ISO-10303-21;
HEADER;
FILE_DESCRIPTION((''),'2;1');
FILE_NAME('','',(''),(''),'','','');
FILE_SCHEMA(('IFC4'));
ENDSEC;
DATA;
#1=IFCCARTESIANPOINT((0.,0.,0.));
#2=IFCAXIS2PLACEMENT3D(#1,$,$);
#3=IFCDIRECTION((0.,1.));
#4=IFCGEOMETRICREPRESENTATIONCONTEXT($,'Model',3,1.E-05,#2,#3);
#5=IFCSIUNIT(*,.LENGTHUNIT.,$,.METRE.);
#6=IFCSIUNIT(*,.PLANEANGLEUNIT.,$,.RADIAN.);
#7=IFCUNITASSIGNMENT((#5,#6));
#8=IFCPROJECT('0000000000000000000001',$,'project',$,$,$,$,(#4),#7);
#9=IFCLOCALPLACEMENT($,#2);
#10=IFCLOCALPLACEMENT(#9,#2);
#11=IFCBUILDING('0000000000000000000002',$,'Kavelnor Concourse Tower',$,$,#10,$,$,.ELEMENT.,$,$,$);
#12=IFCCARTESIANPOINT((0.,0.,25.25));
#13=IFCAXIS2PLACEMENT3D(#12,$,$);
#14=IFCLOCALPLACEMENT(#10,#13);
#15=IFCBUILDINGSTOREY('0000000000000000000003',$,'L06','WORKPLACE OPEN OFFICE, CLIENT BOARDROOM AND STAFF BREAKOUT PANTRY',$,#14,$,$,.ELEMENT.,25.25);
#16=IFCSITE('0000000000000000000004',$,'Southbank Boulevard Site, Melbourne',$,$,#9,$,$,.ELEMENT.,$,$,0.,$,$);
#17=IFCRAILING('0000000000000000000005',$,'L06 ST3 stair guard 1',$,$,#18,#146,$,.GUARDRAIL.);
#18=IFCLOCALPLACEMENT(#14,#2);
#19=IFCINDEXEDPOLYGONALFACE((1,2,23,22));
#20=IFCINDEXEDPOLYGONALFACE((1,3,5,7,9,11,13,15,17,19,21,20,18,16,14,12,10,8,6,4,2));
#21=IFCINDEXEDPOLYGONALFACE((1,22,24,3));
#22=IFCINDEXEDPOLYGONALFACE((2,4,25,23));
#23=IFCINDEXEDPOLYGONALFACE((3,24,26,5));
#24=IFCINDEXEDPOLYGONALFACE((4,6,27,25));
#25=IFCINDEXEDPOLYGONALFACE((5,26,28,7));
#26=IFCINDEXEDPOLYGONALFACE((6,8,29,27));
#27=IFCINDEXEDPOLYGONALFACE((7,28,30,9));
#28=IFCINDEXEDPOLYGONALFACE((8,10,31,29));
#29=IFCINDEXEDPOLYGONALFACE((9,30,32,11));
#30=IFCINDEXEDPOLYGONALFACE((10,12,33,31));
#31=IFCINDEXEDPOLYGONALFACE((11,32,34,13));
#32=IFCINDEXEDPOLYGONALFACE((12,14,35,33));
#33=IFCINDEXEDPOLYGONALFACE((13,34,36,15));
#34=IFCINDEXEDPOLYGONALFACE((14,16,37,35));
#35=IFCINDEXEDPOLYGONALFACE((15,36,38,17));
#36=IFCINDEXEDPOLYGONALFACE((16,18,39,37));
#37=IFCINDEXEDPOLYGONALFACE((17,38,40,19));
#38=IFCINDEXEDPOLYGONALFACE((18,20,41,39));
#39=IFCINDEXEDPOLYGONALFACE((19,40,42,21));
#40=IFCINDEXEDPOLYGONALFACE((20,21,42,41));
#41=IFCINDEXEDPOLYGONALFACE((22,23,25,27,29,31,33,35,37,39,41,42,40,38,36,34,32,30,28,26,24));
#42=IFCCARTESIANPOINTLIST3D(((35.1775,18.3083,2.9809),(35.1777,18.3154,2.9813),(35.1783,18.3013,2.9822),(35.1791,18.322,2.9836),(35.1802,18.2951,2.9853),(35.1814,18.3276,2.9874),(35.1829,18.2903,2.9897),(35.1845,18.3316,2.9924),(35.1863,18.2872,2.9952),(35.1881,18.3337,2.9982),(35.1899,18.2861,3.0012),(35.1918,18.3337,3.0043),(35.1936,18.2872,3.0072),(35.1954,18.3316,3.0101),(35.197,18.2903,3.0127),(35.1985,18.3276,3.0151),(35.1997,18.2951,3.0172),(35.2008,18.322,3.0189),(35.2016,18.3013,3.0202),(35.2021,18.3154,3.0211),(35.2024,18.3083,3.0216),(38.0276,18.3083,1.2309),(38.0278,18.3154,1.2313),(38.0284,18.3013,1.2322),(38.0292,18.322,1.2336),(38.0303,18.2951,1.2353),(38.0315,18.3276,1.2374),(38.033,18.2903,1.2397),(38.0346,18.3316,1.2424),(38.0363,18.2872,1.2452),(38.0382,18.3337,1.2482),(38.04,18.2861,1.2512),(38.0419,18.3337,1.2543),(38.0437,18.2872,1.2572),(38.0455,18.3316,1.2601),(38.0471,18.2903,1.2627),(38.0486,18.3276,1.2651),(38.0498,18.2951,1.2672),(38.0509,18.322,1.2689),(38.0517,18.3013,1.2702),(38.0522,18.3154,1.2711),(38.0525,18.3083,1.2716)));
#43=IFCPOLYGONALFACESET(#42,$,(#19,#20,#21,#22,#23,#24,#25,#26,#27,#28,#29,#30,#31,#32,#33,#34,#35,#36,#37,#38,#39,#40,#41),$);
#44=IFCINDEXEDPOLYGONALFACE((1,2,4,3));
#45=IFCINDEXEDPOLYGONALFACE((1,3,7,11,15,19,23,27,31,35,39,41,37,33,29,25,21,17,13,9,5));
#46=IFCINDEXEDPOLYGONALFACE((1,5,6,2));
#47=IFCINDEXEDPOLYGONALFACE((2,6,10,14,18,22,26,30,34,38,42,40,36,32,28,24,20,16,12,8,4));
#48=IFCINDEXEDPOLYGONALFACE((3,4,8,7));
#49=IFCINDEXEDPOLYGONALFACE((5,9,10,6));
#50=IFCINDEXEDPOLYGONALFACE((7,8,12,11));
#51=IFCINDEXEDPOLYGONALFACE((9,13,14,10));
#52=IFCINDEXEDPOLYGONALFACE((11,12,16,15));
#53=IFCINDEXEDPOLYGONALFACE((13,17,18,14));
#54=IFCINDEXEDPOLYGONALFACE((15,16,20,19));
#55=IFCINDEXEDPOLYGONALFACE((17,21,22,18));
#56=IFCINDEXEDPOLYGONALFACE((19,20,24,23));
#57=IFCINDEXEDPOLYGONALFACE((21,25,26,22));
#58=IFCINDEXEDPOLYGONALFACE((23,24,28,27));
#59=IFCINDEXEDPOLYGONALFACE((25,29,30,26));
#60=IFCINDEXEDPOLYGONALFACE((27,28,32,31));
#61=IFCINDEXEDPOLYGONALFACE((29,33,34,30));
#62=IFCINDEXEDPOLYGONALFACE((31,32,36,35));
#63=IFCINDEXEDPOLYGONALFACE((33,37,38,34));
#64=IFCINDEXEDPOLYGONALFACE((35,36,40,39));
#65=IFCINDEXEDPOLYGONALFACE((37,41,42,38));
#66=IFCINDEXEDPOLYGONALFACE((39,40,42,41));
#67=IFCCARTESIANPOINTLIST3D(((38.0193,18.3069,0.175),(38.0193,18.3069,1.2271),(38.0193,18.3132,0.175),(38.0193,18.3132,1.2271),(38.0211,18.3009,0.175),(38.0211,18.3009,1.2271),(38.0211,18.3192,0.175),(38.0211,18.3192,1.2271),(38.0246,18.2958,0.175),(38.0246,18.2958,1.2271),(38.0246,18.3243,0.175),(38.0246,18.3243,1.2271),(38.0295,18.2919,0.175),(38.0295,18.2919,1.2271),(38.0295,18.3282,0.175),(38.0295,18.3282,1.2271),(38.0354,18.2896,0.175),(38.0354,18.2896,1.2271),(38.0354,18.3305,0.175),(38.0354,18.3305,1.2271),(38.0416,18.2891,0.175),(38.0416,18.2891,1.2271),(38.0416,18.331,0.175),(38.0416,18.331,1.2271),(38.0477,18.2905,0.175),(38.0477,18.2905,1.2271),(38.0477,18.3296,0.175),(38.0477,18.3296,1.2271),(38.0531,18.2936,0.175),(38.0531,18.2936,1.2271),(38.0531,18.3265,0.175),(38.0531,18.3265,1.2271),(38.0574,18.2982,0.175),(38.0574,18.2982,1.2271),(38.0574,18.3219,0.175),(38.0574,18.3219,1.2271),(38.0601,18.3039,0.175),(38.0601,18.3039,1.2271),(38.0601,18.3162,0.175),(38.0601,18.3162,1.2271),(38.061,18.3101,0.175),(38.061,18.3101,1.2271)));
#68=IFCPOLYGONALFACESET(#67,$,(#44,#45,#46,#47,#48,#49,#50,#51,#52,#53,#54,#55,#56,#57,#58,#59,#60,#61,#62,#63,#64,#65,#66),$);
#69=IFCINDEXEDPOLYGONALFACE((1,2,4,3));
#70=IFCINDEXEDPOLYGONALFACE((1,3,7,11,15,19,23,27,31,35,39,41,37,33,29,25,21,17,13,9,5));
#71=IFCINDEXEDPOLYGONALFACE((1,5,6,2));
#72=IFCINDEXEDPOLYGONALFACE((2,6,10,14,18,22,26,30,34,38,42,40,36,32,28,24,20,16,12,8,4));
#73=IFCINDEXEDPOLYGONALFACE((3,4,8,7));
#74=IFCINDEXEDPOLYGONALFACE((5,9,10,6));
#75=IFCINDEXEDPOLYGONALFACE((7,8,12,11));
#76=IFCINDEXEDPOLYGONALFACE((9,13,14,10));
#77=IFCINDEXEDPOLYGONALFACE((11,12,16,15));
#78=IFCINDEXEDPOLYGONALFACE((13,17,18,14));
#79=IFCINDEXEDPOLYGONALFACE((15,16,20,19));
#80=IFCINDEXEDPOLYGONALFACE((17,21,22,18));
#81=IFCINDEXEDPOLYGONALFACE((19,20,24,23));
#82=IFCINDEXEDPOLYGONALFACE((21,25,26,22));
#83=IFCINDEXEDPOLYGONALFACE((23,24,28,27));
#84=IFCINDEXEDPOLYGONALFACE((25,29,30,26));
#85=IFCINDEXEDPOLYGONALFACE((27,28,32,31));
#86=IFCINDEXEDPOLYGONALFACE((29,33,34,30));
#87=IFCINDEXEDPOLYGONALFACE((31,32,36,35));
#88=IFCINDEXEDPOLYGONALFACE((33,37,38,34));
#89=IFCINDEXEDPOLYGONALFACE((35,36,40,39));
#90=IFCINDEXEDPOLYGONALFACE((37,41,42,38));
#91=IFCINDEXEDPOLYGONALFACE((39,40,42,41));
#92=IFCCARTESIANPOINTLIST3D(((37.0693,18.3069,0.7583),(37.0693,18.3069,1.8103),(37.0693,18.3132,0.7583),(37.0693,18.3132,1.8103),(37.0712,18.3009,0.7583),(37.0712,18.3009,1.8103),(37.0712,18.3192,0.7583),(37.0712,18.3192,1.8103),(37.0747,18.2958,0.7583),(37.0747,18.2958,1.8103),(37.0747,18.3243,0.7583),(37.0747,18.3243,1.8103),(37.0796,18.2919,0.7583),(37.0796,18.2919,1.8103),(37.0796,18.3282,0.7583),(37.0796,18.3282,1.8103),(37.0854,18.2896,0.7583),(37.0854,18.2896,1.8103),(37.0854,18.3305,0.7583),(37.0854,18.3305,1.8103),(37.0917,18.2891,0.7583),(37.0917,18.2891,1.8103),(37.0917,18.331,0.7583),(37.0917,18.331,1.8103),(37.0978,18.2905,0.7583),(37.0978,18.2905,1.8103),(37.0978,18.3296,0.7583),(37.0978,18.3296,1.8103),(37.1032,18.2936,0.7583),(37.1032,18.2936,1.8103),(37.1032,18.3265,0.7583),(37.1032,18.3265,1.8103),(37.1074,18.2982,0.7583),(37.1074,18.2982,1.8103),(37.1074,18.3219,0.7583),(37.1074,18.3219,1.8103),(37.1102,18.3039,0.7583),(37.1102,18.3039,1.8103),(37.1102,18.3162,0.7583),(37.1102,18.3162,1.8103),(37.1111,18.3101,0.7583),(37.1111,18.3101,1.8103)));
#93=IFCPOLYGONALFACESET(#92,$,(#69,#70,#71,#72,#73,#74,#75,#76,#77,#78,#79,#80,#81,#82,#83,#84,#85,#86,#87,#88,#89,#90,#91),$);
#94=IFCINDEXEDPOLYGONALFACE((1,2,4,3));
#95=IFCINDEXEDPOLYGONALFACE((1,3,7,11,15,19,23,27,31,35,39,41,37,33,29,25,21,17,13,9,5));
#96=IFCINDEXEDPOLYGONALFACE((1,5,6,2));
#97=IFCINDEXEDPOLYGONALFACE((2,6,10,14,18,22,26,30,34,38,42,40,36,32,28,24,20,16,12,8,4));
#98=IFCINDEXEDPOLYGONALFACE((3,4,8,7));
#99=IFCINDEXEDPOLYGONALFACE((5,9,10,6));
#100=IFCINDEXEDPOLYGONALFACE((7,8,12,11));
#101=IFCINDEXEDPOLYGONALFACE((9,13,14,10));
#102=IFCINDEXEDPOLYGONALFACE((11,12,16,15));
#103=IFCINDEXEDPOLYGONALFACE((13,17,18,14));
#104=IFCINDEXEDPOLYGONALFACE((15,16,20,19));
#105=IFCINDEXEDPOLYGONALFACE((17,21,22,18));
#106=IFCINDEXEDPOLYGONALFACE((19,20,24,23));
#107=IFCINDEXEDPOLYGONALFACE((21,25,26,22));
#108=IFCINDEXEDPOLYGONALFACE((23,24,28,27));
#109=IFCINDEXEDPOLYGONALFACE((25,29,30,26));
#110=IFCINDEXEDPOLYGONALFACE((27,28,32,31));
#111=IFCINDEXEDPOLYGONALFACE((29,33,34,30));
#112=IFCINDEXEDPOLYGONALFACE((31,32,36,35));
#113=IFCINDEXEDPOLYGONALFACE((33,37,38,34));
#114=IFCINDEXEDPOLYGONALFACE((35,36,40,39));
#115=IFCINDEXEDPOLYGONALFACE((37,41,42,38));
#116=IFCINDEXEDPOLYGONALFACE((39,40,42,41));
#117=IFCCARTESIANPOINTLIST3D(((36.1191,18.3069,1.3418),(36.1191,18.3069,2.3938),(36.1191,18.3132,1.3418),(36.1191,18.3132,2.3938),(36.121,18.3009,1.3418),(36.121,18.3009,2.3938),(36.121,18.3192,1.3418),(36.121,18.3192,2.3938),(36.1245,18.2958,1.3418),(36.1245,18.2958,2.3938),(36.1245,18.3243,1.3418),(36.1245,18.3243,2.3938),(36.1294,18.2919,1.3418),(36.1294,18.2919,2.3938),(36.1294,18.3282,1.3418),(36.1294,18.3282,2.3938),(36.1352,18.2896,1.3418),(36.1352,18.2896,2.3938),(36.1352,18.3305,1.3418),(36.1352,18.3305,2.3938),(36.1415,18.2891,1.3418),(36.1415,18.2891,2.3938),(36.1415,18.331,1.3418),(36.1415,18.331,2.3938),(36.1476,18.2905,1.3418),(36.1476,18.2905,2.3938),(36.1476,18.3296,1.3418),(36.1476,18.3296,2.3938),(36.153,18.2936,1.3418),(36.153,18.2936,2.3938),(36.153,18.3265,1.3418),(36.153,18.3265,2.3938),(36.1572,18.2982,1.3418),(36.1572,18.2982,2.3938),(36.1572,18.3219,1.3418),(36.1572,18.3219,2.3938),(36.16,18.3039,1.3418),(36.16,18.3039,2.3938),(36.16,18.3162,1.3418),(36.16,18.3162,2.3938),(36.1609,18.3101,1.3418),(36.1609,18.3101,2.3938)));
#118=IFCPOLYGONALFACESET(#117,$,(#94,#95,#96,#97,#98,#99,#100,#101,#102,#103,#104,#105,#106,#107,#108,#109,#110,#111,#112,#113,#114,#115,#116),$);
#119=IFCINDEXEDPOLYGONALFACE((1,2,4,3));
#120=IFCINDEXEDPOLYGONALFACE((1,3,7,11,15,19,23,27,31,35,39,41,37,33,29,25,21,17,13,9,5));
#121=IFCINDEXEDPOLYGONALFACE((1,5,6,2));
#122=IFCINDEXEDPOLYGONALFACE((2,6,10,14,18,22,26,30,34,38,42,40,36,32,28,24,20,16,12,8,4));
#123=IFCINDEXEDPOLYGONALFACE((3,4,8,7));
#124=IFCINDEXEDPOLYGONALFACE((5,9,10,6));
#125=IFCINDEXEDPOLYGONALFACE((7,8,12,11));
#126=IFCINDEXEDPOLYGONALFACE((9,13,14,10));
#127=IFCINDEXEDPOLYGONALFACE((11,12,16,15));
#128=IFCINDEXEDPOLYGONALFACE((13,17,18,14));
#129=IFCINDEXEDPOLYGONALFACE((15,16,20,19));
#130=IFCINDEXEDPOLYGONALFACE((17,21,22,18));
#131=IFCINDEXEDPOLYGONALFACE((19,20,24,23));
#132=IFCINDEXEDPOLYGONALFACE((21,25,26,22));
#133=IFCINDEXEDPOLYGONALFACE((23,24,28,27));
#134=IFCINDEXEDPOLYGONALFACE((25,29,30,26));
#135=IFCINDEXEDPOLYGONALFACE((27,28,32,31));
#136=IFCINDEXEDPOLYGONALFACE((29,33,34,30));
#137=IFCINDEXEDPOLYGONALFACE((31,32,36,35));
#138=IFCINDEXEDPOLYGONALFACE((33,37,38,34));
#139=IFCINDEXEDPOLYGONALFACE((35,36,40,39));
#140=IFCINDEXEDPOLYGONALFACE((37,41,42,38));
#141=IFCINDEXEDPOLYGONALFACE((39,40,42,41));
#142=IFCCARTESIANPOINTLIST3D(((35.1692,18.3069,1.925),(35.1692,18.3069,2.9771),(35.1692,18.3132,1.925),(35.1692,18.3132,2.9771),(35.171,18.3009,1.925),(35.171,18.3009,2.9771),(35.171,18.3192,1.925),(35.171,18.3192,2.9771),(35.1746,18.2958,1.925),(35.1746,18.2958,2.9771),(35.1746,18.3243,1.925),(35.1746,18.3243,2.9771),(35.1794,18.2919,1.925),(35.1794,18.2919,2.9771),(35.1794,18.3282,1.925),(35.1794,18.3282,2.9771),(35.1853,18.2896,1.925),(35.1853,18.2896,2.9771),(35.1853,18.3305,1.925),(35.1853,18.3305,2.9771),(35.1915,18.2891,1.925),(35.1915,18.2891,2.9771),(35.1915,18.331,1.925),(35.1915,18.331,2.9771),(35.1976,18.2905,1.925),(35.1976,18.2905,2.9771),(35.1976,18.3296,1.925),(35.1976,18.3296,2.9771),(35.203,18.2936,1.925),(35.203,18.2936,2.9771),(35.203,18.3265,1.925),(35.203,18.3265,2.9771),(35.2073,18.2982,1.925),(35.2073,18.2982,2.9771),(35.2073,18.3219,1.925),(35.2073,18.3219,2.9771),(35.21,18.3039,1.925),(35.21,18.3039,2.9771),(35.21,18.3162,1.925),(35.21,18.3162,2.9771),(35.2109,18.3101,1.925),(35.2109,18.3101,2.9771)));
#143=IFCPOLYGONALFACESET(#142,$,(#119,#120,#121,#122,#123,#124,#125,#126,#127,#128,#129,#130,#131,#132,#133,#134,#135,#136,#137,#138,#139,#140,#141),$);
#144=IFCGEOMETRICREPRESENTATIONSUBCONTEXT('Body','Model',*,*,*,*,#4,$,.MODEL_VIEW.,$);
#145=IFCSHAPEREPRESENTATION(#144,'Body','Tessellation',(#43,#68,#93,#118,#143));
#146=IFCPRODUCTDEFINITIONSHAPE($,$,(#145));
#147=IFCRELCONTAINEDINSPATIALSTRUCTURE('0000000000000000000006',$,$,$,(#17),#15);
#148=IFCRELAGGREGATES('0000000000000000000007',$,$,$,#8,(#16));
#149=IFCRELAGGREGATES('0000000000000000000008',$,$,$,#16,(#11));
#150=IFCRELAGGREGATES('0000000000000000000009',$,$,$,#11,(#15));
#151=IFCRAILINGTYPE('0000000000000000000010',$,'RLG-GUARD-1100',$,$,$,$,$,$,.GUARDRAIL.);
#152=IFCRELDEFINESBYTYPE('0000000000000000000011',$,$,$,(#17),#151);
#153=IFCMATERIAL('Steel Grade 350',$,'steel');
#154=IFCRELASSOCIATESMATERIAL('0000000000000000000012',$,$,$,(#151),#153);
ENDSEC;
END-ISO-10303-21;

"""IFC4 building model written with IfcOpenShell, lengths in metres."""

from ifc_helpers import new_model, si_unit, direction, frame, origin, origin_2d, place, context, subcontext, project, spatial, circle, extrude, material, type_object, element, save


model = new_model("IFC4")

# Units and contexts
model_context = context("Model", 3, precision=1e-05, world=origin(), true_north=direction((0.0, 1.0)))
body_context = subcontext(model_context, "Body", "Model", "MODEL_VIEW")
ifc_project = project(units=[si_unit("LENGTHUNIT", "METRE"), si_unit("PLANEANGLEUNIT", "RADIAN")], contexts=[model_context])

# Site, building, storey
site_placement = place(None, origin())
site = spatial("IfcSite", under=ifc_project, at=site_placement, Name="Southbank Boulevard Site, Melbourne", CompositionType="ELEMENT", RefElevation=0.0)
building_placement = place(site_placement, origin())
building = spatial("IfcBuilding", under=site, at=building_placement, Name="Kavelnor Concourse Tower", CompositionType="ELEMENT")
storey_placement = place(building_placement, frame((0.0, 0.0, 25.25)))
storey = spatial("IfcBuildingStorey", under=building, at=storey_placement, Name="L06", Description="WORKPLACE OPEN OFFICE, CLIENT BOARDROOM AND STAFF BREAKOUT PANTRY", CompositionType="ELEMENT", Elevation=25.25)

# Shared definitions
ifc_material_1 = material(Name="Steel Grade 350", Category="steel")

# Railing
railing_type_1 = type_object("IfcRailingType", Name="RLG-GUARD-1100", PredefinedType="GUARDRAIL", material=ifc_material_1)
railing_1_placement = place(storey_placement, frame((38.04, 18.3101, 0.175)))
element("IfcRailing", 1, at=railing_1_placement, inside=storey, type_object=railing_type_1, Name="L06 ST3 stair guard 1", PredefinedType="GUARDRAIL", context=body_context, shape_type="SweptSolid", body=[
    extrude(circle(Radius=0.0239, at=origin_2d()), frame((0.0, 0.0, 1.0762), z_axis=(-0.852179, 0.0, 0.52325), x_axis=(0.0, -1.0, 0.0)), (0.0, 0.0, 1.0), 3.3445),
    extrude(circle(Radius=0.021, at=origin_2d()), origin(), (0.0, 0.0, 1.0), 1.052),
    extrude(circle(Radius=0.021, at=origin_2d()), frame((-0.95, 0.0, 0.5833)), (0.0, 0.0, 1.0), 1.052),
    extrude(circle(Radius=0.021, at=origin_2d()), frame((-1.9001, 0.0, 1.1667)), (0.0, 0.0, 1.0), 1.052),
    extrude(circle(Radius=0.021, at=origin_2d()), frame((-2.8501, 0.0, 1.75)), (0.0, 0.0, 1.0), 1.052),
])

save(model, "model.ifc")
